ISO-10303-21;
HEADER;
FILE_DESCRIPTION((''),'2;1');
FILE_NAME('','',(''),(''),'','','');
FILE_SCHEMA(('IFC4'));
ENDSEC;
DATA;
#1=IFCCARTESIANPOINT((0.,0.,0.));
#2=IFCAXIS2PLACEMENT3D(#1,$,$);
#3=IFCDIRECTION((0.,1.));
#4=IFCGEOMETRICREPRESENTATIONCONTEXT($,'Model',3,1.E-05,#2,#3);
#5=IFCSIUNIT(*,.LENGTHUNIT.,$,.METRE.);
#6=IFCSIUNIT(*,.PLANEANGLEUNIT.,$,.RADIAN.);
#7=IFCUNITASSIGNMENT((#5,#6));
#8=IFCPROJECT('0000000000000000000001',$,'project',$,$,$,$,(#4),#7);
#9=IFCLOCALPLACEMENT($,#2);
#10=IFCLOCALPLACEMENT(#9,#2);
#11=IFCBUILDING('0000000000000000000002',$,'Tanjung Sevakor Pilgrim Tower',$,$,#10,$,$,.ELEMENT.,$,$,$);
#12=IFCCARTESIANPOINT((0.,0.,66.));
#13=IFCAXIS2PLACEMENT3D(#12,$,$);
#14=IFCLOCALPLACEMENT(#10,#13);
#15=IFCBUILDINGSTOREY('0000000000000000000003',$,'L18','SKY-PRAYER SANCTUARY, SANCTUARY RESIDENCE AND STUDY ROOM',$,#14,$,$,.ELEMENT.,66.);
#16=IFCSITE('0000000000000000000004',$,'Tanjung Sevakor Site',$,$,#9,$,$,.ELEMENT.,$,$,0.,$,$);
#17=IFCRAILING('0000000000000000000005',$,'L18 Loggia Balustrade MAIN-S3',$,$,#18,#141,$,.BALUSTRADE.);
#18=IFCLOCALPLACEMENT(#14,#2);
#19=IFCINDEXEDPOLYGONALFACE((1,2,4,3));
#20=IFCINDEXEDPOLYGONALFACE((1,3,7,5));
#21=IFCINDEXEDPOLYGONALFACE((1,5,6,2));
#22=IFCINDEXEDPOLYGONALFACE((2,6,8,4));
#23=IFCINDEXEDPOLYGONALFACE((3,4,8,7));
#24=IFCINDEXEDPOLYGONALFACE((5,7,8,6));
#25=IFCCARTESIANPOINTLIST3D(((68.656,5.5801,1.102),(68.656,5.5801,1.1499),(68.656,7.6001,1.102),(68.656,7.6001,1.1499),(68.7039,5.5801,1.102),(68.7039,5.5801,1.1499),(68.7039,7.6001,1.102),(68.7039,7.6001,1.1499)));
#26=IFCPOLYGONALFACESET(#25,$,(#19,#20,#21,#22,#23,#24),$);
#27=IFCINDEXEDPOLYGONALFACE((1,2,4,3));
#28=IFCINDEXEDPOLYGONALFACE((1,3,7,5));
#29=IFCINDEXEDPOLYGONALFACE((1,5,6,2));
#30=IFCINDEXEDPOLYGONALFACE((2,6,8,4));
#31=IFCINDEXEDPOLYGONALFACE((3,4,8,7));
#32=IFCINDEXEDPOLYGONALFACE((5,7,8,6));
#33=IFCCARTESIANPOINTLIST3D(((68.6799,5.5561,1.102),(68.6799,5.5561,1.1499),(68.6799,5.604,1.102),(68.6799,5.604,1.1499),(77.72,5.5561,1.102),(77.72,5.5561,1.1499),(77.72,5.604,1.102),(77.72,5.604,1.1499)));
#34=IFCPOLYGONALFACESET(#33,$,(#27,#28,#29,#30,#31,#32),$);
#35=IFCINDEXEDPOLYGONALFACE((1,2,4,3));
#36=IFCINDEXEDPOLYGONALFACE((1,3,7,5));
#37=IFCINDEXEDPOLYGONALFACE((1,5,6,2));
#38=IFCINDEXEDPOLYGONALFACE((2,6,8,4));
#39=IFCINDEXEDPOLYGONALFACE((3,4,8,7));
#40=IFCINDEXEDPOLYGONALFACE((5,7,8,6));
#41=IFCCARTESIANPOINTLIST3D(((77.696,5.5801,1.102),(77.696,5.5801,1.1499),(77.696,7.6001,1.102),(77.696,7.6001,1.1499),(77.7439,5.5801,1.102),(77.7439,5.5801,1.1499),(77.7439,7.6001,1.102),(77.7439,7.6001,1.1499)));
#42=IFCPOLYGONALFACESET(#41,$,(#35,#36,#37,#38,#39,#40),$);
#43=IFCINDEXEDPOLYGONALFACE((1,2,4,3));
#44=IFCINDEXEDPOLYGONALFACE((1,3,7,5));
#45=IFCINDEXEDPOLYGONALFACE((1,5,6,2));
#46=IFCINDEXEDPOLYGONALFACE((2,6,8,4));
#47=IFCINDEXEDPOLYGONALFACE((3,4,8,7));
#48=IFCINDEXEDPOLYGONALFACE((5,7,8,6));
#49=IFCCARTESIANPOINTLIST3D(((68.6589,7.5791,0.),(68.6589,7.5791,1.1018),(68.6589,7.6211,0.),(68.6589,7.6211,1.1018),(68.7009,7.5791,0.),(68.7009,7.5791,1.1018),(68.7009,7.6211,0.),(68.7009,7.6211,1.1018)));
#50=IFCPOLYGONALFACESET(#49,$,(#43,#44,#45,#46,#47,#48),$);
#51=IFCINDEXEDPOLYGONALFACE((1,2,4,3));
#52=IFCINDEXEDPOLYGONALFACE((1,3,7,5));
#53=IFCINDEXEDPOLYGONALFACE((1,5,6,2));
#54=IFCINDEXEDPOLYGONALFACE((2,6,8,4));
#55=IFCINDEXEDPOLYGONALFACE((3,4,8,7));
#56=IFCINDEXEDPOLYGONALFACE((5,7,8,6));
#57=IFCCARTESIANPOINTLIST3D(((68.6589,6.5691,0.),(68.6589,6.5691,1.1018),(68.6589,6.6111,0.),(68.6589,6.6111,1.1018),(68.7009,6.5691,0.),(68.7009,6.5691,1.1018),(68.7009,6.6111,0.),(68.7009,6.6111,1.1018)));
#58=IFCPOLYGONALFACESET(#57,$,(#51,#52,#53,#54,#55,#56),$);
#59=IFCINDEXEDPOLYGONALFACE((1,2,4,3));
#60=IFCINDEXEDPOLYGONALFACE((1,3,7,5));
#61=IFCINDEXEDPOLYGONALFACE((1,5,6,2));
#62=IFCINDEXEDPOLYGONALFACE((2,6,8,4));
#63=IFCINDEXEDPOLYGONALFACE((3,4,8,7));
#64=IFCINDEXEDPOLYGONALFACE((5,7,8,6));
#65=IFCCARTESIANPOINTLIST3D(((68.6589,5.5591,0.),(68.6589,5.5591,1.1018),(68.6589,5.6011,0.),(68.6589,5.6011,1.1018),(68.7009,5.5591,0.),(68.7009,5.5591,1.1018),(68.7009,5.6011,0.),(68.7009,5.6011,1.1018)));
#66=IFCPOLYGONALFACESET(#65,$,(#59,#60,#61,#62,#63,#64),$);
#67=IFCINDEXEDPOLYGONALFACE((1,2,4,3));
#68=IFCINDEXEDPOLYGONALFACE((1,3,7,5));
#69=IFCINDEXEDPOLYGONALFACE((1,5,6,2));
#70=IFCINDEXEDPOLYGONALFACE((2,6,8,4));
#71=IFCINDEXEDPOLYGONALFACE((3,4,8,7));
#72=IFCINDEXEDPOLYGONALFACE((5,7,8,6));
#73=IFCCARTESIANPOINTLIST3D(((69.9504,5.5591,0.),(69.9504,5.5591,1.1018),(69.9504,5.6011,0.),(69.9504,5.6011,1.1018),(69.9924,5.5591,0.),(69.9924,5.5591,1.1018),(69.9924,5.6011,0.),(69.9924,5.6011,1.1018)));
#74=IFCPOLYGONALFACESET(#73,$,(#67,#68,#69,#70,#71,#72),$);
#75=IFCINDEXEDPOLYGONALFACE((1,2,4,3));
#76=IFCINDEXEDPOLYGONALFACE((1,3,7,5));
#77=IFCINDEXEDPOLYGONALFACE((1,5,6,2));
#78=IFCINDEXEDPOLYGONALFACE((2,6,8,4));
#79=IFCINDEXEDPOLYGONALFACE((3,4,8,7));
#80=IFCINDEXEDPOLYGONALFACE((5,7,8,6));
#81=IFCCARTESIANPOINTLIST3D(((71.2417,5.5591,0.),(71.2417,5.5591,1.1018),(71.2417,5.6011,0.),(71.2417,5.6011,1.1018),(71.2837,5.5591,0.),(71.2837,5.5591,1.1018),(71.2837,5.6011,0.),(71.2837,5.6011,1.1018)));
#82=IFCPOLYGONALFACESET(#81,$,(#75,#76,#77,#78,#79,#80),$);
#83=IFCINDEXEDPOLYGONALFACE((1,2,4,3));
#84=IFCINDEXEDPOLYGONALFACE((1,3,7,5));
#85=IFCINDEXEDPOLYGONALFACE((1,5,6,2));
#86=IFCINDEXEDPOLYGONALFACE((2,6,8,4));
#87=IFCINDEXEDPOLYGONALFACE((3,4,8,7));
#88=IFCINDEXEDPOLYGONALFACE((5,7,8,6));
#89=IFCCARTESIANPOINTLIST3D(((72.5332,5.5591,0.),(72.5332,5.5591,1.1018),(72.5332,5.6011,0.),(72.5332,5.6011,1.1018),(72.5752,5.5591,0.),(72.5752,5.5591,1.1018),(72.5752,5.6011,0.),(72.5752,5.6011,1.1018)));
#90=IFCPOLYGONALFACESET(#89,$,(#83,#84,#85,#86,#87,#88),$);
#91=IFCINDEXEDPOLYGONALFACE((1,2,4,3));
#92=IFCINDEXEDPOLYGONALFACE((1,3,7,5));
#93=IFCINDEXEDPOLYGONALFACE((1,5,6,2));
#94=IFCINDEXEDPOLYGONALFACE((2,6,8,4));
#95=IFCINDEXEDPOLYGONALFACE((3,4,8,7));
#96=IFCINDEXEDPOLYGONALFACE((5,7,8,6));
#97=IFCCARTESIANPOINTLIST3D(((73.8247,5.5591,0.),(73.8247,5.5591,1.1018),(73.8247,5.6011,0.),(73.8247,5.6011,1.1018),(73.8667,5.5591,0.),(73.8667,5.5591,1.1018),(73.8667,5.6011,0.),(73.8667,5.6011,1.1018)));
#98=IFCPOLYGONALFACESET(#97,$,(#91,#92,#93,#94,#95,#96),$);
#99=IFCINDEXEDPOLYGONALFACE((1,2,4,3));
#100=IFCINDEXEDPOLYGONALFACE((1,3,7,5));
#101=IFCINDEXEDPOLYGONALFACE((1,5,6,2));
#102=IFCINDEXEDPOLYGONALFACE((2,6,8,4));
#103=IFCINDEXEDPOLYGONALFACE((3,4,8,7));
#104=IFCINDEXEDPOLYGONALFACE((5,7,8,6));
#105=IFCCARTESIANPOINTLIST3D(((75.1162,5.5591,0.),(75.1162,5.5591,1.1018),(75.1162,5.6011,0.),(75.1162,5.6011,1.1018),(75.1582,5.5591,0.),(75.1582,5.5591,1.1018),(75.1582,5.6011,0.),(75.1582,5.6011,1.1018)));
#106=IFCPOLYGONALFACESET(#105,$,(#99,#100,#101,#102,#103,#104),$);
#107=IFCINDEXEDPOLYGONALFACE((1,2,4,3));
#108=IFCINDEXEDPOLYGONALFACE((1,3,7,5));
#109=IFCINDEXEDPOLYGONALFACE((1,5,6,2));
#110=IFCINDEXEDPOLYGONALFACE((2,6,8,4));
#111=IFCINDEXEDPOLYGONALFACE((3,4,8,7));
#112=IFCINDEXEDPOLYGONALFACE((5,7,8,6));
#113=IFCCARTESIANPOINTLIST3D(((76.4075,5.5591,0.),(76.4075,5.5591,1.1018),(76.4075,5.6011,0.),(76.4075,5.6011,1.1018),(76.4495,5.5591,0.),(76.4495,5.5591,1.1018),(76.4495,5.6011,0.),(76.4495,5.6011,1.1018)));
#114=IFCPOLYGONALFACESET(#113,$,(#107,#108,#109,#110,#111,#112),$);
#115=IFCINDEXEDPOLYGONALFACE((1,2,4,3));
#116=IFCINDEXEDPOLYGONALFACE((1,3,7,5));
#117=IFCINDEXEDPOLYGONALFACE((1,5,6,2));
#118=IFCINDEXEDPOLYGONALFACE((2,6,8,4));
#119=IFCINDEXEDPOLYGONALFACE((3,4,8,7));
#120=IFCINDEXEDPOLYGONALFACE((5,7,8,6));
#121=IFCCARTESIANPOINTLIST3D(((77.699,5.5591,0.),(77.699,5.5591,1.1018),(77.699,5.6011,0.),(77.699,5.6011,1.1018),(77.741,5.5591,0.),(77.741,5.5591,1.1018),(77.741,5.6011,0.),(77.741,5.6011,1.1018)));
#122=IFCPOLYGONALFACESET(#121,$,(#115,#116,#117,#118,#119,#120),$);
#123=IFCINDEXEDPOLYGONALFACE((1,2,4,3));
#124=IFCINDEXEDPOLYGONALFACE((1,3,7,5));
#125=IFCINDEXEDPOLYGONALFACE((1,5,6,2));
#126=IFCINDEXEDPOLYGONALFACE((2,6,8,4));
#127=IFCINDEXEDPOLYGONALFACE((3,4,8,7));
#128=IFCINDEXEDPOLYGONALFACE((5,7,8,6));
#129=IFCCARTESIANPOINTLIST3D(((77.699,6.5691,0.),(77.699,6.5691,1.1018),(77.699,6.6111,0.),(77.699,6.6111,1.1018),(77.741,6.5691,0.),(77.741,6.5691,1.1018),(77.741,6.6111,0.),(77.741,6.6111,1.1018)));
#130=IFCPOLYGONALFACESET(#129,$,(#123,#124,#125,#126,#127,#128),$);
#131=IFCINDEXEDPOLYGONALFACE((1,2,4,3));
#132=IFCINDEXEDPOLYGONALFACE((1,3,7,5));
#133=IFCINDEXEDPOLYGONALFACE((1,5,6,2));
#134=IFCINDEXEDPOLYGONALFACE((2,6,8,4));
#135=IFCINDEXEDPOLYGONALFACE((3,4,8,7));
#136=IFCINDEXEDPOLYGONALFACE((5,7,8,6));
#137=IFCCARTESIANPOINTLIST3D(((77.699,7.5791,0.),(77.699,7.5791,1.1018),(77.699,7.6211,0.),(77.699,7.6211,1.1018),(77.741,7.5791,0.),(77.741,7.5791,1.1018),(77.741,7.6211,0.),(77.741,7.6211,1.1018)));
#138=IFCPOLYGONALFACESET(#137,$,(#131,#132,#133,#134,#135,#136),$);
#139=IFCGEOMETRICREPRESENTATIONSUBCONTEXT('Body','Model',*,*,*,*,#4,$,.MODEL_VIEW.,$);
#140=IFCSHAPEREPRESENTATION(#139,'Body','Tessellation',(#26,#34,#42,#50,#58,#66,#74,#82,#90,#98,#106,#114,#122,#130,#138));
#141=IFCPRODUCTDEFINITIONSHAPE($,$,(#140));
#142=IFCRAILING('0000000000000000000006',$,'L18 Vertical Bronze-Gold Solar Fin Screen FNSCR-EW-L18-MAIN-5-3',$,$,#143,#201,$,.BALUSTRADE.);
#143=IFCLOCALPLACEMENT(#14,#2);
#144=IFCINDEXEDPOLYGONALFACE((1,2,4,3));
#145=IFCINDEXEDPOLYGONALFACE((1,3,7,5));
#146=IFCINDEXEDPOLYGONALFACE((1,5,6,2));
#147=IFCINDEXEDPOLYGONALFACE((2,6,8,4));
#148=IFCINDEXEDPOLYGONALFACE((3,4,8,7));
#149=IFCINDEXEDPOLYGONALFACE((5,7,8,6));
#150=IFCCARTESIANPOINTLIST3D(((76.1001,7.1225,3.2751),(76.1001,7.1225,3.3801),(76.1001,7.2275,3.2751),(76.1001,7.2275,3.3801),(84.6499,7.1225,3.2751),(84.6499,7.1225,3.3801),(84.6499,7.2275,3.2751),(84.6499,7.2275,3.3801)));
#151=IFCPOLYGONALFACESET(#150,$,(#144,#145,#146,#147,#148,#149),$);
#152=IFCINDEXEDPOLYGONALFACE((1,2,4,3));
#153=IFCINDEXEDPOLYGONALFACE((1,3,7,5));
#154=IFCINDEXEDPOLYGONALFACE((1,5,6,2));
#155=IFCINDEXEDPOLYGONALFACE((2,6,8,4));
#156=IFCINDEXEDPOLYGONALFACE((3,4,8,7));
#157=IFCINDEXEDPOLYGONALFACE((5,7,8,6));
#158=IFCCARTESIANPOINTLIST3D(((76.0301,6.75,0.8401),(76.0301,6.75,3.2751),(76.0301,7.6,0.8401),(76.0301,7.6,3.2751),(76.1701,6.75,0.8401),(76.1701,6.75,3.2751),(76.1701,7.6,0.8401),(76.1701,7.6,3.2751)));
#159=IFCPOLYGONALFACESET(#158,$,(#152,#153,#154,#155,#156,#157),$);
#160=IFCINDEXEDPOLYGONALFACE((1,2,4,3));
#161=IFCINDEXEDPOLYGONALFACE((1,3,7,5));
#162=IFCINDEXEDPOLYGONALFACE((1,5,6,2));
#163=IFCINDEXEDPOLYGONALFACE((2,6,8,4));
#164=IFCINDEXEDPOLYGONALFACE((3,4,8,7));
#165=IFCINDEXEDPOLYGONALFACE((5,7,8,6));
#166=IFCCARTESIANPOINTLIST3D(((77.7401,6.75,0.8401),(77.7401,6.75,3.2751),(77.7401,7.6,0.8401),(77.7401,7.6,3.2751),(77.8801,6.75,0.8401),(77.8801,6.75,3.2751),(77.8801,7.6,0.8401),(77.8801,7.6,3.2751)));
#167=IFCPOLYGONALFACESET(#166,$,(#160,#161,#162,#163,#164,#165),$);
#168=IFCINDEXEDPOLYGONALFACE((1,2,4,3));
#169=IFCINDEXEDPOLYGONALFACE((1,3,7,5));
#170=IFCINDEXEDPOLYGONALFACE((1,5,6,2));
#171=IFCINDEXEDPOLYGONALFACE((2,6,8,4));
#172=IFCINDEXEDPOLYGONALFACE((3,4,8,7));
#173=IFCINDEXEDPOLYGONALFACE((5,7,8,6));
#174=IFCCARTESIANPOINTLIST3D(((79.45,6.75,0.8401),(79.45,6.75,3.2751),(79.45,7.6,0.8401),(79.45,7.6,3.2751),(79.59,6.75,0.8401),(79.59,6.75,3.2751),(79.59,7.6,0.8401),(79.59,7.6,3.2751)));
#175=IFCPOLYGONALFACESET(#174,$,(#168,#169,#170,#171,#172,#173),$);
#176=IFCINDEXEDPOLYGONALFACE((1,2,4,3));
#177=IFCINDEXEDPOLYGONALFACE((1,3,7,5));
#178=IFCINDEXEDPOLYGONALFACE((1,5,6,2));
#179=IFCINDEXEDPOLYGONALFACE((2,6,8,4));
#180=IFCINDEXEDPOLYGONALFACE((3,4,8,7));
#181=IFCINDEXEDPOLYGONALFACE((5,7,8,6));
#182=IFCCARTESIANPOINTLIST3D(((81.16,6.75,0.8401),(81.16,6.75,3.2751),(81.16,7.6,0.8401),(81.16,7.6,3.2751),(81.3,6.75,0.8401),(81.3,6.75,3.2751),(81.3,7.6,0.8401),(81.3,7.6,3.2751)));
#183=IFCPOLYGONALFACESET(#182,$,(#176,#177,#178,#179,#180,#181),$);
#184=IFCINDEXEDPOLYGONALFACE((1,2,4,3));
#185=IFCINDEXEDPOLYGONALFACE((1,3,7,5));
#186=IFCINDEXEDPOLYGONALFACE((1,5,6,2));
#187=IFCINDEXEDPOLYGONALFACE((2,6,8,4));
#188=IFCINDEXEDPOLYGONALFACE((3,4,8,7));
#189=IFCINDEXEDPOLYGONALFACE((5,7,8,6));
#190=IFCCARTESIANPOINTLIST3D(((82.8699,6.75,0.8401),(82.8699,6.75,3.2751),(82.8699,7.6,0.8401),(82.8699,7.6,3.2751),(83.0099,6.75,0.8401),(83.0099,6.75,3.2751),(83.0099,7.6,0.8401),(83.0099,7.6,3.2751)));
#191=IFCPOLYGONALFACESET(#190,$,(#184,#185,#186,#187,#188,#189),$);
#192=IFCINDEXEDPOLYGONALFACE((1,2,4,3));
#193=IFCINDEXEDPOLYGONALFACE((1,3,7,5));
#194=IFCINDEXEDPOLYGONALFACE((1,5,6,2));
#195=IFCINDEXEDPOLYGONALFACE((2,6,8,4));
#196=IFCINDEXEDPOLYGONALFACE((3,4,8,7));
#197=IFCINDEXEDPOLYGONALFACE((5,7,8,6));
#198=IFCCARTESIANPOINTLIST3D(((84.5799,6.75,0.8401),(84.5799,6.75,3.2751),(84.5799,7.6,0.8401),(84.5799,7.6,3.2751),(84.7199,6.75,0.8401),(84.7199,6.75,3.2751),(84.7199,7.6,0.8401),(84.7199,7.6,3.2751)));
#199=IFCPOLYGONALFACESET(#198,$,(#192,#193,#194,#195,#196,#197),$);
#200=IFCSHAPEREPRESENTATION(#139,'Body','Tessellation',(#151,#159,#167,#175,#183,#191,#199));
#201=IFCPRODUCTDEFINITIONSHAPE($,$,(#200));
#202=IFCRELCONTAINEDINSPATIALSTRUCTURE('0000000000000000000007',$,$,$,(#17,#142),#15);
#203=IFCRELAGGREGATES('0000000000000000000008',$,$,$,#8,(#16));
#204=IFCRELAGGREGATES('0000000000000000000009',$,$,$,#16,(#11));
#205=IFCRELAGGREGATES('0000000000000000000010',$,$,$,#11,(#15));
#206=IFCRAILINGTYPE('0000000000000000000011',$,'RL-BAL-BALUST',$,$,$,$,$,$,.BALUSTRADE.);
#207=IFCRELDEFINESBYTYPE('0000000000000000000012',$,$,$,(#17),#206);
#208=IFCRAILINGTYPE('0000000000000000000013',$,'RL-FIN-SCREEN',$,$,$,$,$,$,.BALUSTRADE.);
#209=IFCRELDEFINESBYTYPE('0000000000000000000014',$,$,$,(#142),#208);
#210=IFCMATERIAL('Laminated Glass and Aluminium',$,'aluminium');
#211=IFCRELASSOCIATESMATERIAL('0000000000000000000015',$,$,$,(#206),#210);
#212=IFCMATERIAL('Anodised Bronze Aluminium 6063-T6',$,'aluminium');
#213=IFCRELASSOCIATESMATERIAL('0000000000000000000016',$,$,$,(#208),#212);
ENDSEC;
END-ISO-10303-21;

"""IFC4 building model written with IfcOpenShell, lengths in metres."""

from ifc_helpers import new_model, si_unit, direction, frame, origin, place, context, subcontext, project, spatial, rectangle, extrude, material, type_object, element, save


model = new_model("IFC4")

# Units and contexts
model_context = context("Model", 3, precision=1e-05, world=origin(), true_north=direction((0.0, 1.0)))
body_context = subcontext(model_context, "Body", "Model", "MODEL_VIEW")
ifc_project = project(units=[si_unit("LENGTHUNIT", "METRE"), si_unit("PLANEANGLEUNIT", "RADIAN")], contexts=[model_context])

# Site, building, storey
site_placement = place(None, origin())
site = spatial("IfcSite", under=ifc_project, at=site_placement, Name="Tanjung Sevakor Site", CompositionType="ELEMENT", RefElevation=0.0)
building_placement = place(site_placement, origin())
building = spatial("IfcBuilding", under=site, at=building_placement, Name="Tanjung Sevakor Pilgrim Tower", CompositionType="ELEMENT")
storey_placement = place(building_placement, frame((0.0, 0.0, 66.0)))
storey = spatial("IfcBuildingStorey", under=building, at=storey_placement, Name="L18", Description="SKY-PRAYER SANCTUARY, SANCTUARY RESIDENCE AND STUDY ROOM", CompositionType="ELEMENT", Elevation=66.0)

# Railings
ifc_material_1 = material(Name="Laminated Glass and Aluminium", Category="aluminium")
railing_type_1 = type_object("IfcRailingType", Name="RL-BAL-BALUST", PredefinedType="BALUSTRADE", material=ifc_material_1)
railing_1_placement = place(storey_placement, frame((68.6799, 7.6001, 0.0)))
element("IfcRailing", 1, at=railing_1_placement, inside=storey, type_object=railing_type_1, Name="L18 Loggia Balustrade MAIN-S3", PredefinedType="BALUSTRADE", context=body_context, shape_type="SweptSolid", body=[
    extrude(rectangle(XDim=0.0479, YDim=0.0479), frame((0.0, 0.0, 1.126), z_axis=(0.0, -1.0, 0.0), x_axis=(1.0, 0.0, 0.0)), (0.0, 0.0, 1.0), 2.02),
    extrude(rectangle(XDim=0.0479, YDim=0.0479), frame((0.0, -2.02, 1.126), z_axis=(1.0, 0.0, 0.0), x_axis=(0.0, 1.0, 0.0)), (0.0, 0.0, 1.0), 9.04),
    extrude(rectangle(XDim=0.0479, YDim=0.0479), frame((9.04, -2.02, 1.126), z_axis=(0.0, 1.0, 0.0), x_axis=(-1.0, 0.0, 0.0)), (0.0, 0.0, 1.0), 2.02),
    extrude(rectangle(XDim=0.042, YDim=0.042), origin(), (0.0, 0.0, 1.0), 1.1018),
    extrude(rectangle(XDim=0.042, YDim=0.042), frame((0.0, -1.01, 0.0)), (0.0, 0.0, 1.0), 1.1018),
    extrude(rectangle(XDim=0.042, YDim=0.042), frame((0.0, -2.02, 0.0)), (0.0, 0.0, 1.0), 1.1018),
    extrude(rectangle(XDim=0.042, YDim=0.042), frame((1.2915, -2.02, 0.0)), (0.0, 0.0, 1.0), 1.1018),
    extrude(rectangle(XDim=0.042, YDim=0.042), frame((2.5828, -2.02, 0.0)), (0.0, 0.0, 1.0), 1.1018),
    extrude(rectangle(XDim=0.042, YDim=0.042), frame((3.8743, -2.02, 0.0)), (0.0, 0.0, 1.0), 1.1018),
    extrude(rectangle(XDim=0.042, YDim=0.042), frame((5.1658, -2.02, 0.0)), (0.0, 0.0, 1.0), 1.1018),
    extrude(rectangle(XDim=0.042, YDim=0.042), frame((6.4573, -2.02, 0.0)), (0.0, 0.0, 1.0), 1.1018),
    extrude(rectangle(XDim=0.042, YDim=0.042), frame((7.7485, -2.02, 0.0)), (0.0, 0.0, 1.0), 1.1018),
    extrude(rectangle(XDim=0.042, YDim=0.042), frame((9.04, -2.02, 0.0)), (0.0, 0.0, 1.0), 1.1018),
    extrude(rectangle(XDim=0.042, YDim=0.042), frame((9.04, -1.01, 0.0)), (0.0, 0.0, 1.0), 1.1018),
    extrude(rectangle(XDim=0.042, YDim=0.042), frame((9.04, 0.0, 0.0)), (0.0, 0.0, 1.0), 1.1018),
])
ifc_material_2 = material(Name="Anodised Bronze Aluminium 6063-T6", Category="aluminium")
railing_type_2 = type_object("IfcRailingType", Name="RL-FIN-SCREEN", PredefinedType="BALUSTRADE", material=ifc_material_2)
railing_2_placement = place(storey_placement, frame((76.1001, 7.175, 0.8401)))
element("IfcRailing", 2, at=railing_2_placement, inside=storey, type_object=railing_type_2, Name="L18 Vertical Bronze-Gold Solar Fin Screen FNSCR-EW-L18-MAIN-5-3", PredefinedType="BALUSTRADE", context=body_context, shape_type="SweptSolid", body=[
    extrude(rectangle(XDim=0.105, YDim=0.105), frame((0.0, 0.0, 2.4875), z_axis=(1.0, 0.0, 0.0), x_axis=(0.0, 1.0, 0.0)), (0.0, 0.0, 1.0), 8.5498),
    extrude(rectangle(XDim=0.14, YDim=0.85), origin(), (0.0, 0.0, 1.0), 2.4351),
    extrude(rectangle(XDim=0.14, YDim=0.85), frame((1.71, 0.0, 0.0)), (0.0, 0.0, 1.0), 2.4351),
    extrude(rectangle(XDim=0.14, YDim=0.85), frame((3.4199, 0.0, 0.0)), (0.0, 0.0, 1.0), 2.4351),
    extrude(rectangle(XDim=0.14, YDim=0.85), frame((5.1299, 0.0, 0.0)), (0.0, 0.0, 1.0), 2.4351),
    extrude(rectangle(XDim=0.14, YDim=0.85), frame((6.8398, 0.0, 0.0)), (0.0, 0.0, 1.0), 2.4351),
    extrude(rectangle(XDim=0.14, YDim=0.85), frame((8.5498, 0.0, 0.0)), (0.0, 0.0, 1.0), 2.4351),
])

save(model, "model.ifc")
